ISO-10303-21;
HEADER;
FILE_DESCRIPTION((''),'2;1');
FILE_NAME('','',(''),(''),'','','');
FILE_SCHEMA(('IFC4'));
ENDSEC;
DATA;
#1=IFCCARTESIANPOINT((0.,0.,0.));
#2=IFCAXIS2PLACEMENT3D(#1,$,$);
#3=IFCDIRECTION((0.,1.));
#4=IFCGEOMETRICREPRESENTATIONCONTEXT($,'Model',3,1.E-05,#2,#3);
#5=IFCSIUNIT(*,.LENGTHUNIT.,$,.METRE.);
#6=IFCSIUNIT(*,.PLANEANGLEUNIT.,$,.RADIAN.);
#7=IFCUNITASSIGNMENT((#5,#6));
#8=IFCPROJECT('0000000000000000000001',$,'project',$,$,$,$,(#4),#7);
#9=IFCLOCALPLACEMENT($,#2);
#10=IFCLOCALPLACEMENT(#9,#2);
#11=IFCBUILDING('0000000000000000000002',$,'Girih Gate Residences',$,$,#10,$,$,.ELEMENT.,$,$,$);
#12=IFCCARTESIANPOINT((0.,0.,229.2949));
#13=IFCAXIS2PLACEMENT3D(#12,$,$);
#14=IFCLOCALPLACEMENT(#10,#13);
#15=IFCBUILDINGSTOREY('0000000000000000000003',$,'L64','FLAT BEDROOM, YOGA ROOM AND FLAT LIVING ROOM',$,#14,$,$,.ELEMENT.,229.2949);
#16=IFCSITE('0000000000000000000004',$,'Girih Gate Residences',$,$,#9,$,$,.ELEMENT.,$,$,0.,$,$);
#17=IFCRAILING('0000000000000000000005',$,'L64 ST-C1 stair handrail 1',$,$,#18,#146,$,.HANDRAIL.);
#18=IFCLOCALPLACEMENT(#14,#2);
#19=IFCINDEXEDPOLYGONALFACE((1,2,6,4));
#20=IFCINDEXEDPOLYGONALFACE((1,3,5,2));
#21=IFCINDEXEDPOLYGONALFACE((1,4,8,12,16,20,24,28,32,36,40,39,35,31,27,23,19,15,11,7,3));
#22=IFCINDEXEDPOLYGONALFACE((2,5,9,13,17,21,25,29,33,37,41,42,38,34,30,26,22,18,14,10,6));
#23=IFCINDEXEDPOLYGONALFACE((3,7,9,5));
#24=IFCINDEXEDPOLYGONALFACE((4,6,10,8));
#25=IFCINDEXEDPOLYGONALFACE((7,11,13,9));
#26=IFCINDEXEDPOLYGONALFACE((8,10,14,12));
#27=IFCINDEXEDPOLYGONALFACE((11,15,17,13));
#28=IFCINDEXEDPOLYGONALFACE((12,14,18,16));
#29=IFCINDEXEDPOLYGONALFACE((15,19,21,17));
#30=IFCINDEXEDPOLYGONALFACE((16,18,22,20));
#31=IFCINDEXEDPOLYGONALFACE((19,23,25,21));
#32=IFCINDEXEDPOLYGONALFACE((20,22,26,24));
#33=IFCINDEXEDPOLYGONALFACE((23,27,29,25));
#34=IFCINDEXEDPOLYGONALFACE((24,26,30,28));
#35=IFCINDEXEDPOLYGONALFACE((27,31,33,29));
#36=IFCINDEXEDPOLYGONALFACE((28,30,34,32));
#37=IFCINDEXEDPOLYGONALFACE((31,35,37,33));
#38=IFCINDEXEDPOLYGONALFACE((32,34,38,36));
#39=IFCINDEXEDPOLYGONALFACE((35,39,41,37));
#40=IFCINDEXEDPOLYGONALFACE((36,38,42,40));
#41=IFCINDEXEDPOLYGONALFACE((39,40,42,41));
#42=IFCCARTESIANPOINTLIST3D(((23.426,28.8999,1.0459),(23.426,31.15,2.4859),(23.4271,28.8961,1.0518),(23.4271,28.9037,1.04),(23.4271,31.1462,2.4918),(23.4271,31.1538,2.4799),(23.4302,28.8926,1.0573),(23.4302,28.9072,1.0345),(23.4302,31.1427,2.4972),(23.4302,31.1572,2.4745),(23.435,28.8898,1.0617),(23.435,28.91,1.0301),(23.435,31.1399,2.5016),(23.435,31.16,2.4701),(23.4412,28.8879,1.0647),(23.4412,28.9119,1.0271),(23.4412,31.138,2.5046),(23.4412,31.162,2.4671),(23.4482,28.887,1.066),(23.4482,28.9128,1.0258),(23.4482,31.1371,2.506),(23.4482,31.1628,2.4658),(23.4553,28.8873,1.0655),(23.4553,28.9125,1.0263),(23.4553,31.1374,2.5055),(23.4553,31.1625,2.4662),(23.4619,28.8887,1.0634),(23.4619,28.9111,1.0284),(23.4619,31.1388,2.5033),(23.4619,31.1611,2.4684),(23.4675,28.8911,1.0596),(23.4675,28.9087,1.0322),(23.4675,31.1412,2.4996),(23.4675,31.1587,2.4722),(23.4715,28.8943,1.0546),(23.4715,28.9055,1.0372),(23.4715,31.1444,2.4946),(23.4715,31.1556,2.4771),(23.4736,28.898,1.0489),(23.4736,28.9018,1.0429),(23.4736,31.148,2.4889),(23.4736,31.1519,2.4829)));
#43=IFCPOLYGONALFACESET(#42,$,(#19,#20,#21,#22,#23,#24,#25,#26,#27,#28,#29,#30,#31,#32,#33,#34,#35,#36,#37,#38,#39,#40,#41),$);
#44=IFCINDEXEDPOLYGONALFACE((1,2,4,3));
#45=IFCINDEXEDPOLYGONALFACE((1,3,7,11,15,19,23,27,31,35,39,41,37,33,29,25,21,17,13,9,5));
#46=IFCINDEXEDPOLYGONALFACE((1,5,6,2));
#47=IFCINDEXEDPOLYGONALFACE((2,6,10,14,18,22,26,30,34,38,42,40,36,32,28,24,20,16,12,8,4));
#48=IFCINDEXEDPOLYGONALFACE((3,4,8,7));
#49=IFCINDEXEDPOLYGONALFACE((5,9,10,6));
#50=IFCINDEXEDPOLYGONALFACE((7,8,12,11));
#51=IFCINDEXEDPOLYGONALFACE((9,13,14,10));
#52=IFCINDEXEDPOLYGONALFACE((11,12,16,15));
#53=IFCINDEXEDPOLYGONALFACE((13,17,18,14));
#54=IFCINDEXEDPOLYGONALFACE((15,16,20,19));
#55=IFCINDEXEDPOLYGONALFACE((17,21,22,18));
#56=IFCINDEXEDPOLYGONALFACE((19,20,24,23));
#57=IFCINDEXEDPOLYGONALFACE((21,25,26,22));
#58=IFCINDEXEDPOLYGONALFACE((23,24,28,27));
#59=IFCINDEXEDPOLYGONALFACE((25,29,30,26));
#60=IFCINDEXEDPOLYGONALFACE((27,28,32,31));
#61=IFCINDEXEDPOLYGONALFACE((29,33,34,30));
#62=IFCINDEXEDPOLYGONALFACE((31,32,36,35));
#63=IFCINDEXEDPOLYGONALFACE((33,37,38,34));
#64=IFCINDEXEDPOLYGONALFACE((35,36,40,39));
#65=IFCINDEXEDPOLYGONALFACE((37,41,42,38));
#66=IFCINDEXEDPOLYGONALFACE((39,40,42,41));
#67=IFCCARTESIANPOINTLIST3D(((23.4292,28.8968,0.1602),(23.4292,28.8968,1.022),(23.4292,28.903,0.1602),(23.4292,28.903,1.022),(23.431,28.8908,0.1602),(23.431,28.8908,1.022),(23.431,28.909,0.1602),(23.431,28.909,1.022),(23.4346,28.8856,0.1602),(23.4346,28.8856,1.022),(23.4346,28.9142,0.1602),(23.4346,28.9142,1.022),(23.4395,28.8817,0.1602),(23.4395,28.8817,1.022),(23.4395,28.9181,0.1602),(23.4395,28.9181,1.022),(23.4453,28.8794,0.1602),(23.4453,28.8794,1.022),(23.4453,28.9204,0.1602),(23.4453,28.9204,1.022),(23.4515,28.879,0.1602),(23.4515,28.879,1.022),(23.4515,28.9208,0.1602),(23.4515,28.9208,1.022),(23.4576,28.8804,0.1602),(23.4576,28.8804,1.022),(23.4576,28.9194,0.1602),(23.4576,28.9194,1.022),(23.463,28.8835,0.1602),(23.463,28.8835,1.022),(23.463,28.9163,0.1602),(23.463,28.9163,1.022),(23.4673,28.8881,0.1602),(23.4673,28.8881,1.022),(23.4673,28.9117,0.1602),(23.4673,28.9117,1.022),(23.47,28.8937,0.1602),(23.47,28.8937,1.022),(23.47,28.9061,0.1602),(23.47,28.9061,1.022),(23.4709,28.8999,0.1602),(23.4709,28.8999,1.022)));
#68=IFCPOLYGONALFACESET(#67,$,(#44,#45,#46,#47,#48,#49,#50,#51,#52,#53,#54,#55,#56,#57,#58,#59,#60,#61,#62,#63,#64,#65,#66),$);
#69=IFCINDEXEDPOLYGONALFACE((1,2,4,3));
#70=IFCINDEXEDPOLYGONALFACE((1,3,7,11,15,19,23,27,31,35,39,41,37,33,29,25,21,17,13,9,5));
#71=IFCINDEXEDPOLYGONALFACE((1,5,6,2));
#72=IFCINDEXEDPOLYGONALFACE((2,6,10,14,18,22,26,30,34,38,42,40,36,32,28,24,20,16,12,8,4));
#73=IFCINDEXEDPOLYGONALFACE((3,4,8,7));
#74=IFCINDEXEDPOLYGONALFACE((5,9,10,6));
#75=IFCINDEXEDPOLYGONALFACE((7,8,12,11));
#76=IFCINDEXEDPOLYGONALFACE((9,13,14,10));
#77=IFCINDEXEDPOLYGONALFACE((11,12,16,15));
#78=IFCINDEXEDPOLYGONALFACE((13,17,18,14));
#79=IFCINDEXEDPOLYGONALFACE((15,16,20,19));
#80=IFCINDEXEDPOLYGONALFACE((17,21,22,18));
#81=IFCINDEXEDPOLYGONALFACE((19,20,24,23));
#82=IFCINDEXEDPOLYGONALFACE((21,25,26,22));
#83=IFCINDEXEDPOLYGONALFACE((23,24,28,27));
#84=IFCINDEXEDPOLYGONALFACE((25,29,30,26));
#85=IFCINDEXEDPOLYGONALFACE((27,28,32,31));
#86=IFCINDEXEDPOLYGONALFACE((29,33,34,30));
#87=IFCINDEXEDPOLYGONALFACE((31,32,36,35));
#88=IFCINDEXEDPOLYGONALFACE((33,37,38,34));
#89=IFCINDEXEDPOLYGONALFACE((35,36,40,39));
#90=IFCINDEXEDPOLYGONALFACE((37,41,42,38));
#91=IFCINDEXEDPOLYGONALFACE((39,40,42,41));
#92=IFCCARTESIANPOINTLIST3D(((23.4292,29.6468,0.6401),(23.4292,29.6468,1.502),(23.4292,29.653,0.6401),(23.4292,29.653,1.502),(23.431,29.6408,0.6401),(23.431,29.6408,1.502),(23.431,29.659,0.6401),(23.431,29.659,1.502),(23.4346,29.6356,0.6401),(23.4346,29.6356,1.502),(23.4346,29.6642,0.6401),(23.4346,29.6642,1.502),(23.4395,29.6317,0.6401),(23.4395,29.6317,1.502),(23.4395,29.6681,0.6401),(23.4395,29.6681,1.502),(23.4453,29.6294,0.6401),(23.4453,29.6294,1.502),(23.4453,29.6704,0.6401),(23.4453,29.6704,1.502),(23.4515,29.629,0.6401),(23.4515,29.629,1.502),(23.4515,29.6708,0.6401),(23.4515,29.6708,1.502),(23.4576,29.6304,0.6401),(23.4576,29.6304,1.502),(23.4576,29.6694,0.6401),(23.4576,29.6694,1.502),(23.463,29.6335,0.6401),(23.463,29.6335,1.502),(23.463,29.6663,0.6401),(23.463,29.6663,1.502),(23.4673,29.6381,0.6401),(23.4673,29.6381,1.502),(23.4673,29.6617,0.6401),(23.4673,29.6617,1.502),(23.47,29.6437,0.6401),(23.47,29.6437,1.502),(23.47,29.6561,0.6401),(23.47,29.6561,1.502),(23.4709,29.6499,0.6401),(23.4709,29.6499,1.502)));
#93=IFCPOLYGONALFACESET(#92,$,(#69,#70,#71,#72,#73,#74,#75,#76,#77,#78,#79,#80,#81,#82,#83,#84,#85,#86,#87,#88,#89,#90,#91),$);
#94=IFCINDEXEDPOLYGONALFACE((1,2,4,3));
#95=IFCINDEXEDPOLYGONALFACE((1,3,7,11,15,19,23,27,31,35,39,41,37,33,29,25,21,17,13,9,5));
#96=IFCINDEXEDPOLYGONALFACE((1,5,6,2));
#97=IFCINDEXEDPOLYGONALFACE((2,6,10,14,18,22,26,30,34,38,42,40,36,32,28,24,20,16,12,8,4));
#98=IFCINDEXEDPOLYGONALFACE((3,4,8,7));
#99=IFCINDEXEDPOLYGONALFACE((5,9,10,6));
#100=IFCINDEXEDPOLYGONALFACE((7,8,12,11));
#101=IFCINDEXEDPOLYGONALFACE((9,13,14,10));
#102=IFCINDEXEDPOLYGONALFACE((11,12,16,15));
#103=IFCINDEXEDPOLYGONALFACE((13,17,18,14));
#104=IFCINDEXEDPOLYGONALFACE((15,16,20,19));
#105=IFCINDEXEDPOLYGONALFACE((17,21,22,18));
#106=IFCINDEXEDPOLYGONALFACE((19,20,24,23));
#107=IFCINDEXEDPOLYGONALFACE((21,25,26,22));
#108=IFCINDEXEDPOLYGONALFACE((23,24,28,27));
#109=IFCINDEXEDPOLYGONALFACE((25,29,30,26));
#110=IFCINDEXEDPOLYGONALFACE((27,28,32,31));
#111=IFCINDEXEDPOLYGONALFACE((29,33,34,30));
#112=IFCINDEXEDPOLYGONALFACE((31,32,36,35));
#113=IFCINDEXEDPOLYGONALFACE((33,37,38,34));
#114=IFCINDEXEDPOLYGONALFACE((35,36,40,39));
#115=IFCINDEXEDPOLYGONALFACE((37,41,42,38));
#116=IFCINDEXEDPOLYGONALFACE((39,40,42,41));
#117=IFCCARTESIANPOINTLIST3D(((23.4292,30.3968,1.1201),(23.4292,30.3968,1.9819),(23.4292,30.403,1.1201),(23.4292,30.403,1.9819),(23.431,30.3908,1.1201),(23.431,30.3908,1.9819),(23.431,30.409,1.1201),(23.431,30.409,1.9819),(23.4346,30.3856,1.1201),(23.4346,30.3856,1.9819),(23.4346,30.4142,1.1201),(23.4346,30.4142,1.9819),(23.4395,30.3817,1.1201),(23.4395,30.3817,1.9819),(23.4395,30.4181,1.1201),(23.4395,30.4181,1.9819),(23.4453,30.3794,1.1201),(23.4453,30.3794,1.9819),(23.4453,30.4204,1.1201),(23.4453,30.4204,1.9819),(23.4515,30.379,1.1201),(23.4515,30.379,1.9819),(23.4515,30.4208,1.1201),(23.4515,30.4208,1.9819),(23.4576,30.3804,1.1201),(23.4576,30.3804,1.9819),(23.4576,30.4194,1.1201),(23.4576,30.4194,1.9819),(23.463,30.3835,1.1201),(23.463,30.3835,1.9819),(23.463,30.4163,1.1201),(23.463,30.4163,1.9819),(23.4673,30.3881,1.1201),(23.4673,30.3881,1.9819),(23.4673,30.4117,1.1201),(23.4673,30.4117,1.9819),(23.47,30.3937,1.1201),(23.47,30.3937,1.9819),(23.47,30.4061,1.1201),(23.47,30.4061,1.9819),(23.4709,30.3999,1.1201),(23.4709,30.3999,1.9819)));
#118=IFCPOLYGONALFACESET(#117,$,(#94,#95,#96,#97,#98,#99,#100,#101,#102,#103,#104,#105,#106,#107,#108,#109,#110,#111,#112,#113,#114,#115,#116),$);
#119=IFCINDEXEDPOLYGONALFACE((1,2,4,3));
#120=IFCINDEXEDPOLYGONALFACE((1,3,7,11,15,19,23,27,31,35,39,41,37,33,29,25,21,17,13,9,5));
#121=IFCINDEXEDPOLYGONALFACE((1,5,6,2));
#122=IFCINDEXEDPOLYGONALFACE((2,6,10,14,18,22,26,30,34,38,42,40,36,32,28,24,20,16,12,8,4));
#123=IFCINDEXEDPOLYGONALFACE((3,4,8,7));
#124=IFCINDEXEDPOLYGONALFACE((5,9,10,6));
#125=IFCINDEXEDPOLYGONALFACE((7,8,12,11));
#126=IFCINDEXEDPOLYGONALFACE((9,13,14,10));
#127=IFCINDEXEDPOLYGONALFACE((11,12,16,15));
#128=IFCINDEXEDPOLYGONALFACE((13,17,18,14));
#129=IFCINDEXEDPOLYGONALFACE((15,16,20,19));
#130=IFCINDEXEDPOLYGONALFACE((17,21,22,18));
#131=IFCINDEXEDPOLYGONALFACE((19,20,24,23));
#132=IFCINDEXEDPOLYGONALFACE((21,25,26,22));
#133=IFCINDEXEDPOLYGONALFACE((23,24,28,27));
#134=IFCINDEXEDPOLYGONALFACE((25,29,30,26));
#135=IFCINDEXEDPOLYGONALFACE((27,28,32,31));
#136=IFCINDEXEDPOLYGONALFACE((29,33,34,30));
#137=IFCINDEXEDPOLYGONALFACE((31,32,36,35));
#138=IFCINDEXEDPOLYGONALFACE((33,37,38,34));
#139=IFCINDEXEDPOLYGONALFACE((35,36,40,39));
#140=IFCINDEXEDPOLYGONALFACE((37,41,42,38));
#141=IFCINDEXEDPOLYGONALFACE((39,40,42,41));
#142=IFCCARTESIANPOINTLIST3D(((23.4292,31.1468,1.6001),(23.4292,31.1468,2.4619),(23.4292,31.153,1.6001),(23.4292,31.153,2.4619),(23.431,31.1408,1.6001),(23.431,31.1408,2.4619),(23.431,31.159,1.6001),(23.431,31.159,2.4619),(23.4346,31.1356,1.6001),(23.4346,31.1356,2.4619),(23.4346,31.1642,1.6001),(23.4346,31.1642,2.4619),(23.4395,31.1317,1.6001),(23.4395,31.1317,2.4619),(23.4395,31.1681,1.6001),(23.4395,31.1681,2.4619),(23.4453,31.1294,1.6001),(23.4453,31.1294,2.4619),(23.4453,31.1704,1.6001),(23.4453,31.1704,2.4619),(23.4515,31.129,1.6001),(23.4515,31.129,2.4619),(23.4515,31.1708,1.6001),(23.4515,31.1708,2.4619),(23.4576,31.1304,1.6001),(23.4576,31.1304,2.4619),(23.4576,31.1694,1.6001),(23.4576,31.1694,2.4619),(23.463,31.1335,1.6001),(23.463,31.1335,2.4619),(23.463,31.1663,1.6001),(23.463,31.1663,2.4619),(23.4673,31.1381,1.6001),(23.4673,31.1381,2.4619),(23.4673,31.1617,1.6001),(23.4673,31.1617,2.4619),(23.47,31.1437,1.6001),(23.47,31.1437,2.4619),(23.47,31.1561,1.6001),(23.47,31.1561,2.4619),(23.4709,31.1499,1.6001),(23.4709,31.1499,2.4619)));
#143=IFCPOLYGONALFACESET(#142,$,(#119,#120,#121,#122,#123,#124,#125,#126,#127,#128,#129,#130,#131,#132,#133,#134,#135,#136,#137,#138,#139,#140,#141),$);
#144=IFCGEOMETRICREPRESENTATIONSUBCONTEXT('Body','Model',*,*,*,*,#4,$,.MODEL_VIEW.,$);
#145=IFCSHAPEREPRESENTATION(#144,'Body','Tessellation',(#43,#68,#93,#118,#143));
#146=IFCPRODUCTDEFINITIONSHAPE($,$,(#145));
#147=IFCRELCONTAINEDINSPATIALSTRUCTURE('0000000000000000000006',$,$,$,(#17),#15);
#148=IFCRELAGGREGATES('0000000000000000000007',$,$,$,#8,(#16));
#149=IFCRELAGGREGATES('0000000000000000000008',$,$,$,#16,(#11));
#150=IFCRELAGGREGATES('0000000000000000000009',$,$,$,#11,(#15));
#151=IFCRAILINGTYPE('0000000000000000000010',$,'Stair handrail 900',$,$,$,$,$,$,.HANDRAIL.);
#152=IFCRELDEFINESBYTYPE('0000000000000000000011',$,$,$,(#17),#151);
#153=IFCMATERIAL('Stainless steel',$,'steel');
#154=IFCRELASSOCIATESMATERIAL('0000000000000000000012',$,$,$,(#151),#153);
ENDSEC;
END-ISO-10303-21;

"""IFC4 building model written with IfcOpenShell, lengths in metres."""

from ifc_helpers import new_model, si_unit, direction, frame, origin, origin_2d, place, context, subcontext, project, spatial, circle, extrude, material, type_object, element, save


model = new_model("IFC4")

# Units and contexts
model_context = context("Model", 3, precision=1e-05, world=origin(), true_north=direction((0.0, 1.0)))
body_context = subcontext(model_context, "Body", "Model", "MODEL_VIEW")
ifc_project = project(units=[si_unit("LENGTHUNIT", "METRE"), si_unit("PLANEANGLEUNIT", "RADIAN")], contexts=[model_context])

# Site, building, storey
site_placement = place(None, origin())
site = spatial("IfcSite", under=ifc_project, at=site_placement, Name="Girih Gate Residences", CompositionType="ELEMENT", RefElevation=0.0)
building_placement = place(site_placement, origin())
building = spatial("IfcBuilding", under=site, at=building_placement, Name="Girih Gate Residences", CompositionType="ELEMENT")
storey_placement = place(building_placement, frame((0.0, 0.0, 229.2949)))
storey = spatial("IfcBuildingStorey", under=building, at=storey_placement, Name="L64", Description="FLAT BEDROOM, YOGA ROOM AND FLAT LIVING ROOM", CompositionType="ELEMENT", Elevation=229.2949)

# Railing
ifc_material_1 = material(Name="Stainless steel", Category="steel")
railing_type_1 = type_object("IfcRailingType", Name="Stair handrail 900", PredefinedType="HANDRAIL", material=ifc_material_1)
railing_1_placement = place(storey_placement, frame((23.45, 28.8999, 0.1602)))
element("IfcRailing", 1, at=railing_1_placement, inside=storey, type_object=railing_type_1, Name="L64 ST-C1 stair handrail 1", PredefinedType="HANDRAIL", context=body_context, shape_type="SweptSolid", body=[
    extrude(circle(Radius=0.0239, at=origin_2d()), frame((0.0, 0.0, 0.8857), z_axis=(0.0, 0.842281, 0.539038), x_axis=(-1.0, 0.0, 0.0)), (0.0, 0.0, 1.0), 2.6714),
    extrude(circle(Radius=0.021, at=origin_2d()), origin(), (0.0, 0.0, 1.0), 0.8618),
    extrude(circle(Radius=0.021, at=origin_2d()), frame((0.0, 0.75, 0.48)), (0.0, 0.0, 1.0), 0.8618),
    extrude(circle(Radius=0.021, at=origin_2d()), frame((0.0, 1.5, 0.96)), (0.0, 0.0, 1.0), 0.8618),
    extrude(circle(Radius=0.021, at=origin_2d()), frame((0.0, 2.25, 1.4399)), (0.0, 0.0, 1.0), 0.8618),
])

save(model, "model.ifc")
